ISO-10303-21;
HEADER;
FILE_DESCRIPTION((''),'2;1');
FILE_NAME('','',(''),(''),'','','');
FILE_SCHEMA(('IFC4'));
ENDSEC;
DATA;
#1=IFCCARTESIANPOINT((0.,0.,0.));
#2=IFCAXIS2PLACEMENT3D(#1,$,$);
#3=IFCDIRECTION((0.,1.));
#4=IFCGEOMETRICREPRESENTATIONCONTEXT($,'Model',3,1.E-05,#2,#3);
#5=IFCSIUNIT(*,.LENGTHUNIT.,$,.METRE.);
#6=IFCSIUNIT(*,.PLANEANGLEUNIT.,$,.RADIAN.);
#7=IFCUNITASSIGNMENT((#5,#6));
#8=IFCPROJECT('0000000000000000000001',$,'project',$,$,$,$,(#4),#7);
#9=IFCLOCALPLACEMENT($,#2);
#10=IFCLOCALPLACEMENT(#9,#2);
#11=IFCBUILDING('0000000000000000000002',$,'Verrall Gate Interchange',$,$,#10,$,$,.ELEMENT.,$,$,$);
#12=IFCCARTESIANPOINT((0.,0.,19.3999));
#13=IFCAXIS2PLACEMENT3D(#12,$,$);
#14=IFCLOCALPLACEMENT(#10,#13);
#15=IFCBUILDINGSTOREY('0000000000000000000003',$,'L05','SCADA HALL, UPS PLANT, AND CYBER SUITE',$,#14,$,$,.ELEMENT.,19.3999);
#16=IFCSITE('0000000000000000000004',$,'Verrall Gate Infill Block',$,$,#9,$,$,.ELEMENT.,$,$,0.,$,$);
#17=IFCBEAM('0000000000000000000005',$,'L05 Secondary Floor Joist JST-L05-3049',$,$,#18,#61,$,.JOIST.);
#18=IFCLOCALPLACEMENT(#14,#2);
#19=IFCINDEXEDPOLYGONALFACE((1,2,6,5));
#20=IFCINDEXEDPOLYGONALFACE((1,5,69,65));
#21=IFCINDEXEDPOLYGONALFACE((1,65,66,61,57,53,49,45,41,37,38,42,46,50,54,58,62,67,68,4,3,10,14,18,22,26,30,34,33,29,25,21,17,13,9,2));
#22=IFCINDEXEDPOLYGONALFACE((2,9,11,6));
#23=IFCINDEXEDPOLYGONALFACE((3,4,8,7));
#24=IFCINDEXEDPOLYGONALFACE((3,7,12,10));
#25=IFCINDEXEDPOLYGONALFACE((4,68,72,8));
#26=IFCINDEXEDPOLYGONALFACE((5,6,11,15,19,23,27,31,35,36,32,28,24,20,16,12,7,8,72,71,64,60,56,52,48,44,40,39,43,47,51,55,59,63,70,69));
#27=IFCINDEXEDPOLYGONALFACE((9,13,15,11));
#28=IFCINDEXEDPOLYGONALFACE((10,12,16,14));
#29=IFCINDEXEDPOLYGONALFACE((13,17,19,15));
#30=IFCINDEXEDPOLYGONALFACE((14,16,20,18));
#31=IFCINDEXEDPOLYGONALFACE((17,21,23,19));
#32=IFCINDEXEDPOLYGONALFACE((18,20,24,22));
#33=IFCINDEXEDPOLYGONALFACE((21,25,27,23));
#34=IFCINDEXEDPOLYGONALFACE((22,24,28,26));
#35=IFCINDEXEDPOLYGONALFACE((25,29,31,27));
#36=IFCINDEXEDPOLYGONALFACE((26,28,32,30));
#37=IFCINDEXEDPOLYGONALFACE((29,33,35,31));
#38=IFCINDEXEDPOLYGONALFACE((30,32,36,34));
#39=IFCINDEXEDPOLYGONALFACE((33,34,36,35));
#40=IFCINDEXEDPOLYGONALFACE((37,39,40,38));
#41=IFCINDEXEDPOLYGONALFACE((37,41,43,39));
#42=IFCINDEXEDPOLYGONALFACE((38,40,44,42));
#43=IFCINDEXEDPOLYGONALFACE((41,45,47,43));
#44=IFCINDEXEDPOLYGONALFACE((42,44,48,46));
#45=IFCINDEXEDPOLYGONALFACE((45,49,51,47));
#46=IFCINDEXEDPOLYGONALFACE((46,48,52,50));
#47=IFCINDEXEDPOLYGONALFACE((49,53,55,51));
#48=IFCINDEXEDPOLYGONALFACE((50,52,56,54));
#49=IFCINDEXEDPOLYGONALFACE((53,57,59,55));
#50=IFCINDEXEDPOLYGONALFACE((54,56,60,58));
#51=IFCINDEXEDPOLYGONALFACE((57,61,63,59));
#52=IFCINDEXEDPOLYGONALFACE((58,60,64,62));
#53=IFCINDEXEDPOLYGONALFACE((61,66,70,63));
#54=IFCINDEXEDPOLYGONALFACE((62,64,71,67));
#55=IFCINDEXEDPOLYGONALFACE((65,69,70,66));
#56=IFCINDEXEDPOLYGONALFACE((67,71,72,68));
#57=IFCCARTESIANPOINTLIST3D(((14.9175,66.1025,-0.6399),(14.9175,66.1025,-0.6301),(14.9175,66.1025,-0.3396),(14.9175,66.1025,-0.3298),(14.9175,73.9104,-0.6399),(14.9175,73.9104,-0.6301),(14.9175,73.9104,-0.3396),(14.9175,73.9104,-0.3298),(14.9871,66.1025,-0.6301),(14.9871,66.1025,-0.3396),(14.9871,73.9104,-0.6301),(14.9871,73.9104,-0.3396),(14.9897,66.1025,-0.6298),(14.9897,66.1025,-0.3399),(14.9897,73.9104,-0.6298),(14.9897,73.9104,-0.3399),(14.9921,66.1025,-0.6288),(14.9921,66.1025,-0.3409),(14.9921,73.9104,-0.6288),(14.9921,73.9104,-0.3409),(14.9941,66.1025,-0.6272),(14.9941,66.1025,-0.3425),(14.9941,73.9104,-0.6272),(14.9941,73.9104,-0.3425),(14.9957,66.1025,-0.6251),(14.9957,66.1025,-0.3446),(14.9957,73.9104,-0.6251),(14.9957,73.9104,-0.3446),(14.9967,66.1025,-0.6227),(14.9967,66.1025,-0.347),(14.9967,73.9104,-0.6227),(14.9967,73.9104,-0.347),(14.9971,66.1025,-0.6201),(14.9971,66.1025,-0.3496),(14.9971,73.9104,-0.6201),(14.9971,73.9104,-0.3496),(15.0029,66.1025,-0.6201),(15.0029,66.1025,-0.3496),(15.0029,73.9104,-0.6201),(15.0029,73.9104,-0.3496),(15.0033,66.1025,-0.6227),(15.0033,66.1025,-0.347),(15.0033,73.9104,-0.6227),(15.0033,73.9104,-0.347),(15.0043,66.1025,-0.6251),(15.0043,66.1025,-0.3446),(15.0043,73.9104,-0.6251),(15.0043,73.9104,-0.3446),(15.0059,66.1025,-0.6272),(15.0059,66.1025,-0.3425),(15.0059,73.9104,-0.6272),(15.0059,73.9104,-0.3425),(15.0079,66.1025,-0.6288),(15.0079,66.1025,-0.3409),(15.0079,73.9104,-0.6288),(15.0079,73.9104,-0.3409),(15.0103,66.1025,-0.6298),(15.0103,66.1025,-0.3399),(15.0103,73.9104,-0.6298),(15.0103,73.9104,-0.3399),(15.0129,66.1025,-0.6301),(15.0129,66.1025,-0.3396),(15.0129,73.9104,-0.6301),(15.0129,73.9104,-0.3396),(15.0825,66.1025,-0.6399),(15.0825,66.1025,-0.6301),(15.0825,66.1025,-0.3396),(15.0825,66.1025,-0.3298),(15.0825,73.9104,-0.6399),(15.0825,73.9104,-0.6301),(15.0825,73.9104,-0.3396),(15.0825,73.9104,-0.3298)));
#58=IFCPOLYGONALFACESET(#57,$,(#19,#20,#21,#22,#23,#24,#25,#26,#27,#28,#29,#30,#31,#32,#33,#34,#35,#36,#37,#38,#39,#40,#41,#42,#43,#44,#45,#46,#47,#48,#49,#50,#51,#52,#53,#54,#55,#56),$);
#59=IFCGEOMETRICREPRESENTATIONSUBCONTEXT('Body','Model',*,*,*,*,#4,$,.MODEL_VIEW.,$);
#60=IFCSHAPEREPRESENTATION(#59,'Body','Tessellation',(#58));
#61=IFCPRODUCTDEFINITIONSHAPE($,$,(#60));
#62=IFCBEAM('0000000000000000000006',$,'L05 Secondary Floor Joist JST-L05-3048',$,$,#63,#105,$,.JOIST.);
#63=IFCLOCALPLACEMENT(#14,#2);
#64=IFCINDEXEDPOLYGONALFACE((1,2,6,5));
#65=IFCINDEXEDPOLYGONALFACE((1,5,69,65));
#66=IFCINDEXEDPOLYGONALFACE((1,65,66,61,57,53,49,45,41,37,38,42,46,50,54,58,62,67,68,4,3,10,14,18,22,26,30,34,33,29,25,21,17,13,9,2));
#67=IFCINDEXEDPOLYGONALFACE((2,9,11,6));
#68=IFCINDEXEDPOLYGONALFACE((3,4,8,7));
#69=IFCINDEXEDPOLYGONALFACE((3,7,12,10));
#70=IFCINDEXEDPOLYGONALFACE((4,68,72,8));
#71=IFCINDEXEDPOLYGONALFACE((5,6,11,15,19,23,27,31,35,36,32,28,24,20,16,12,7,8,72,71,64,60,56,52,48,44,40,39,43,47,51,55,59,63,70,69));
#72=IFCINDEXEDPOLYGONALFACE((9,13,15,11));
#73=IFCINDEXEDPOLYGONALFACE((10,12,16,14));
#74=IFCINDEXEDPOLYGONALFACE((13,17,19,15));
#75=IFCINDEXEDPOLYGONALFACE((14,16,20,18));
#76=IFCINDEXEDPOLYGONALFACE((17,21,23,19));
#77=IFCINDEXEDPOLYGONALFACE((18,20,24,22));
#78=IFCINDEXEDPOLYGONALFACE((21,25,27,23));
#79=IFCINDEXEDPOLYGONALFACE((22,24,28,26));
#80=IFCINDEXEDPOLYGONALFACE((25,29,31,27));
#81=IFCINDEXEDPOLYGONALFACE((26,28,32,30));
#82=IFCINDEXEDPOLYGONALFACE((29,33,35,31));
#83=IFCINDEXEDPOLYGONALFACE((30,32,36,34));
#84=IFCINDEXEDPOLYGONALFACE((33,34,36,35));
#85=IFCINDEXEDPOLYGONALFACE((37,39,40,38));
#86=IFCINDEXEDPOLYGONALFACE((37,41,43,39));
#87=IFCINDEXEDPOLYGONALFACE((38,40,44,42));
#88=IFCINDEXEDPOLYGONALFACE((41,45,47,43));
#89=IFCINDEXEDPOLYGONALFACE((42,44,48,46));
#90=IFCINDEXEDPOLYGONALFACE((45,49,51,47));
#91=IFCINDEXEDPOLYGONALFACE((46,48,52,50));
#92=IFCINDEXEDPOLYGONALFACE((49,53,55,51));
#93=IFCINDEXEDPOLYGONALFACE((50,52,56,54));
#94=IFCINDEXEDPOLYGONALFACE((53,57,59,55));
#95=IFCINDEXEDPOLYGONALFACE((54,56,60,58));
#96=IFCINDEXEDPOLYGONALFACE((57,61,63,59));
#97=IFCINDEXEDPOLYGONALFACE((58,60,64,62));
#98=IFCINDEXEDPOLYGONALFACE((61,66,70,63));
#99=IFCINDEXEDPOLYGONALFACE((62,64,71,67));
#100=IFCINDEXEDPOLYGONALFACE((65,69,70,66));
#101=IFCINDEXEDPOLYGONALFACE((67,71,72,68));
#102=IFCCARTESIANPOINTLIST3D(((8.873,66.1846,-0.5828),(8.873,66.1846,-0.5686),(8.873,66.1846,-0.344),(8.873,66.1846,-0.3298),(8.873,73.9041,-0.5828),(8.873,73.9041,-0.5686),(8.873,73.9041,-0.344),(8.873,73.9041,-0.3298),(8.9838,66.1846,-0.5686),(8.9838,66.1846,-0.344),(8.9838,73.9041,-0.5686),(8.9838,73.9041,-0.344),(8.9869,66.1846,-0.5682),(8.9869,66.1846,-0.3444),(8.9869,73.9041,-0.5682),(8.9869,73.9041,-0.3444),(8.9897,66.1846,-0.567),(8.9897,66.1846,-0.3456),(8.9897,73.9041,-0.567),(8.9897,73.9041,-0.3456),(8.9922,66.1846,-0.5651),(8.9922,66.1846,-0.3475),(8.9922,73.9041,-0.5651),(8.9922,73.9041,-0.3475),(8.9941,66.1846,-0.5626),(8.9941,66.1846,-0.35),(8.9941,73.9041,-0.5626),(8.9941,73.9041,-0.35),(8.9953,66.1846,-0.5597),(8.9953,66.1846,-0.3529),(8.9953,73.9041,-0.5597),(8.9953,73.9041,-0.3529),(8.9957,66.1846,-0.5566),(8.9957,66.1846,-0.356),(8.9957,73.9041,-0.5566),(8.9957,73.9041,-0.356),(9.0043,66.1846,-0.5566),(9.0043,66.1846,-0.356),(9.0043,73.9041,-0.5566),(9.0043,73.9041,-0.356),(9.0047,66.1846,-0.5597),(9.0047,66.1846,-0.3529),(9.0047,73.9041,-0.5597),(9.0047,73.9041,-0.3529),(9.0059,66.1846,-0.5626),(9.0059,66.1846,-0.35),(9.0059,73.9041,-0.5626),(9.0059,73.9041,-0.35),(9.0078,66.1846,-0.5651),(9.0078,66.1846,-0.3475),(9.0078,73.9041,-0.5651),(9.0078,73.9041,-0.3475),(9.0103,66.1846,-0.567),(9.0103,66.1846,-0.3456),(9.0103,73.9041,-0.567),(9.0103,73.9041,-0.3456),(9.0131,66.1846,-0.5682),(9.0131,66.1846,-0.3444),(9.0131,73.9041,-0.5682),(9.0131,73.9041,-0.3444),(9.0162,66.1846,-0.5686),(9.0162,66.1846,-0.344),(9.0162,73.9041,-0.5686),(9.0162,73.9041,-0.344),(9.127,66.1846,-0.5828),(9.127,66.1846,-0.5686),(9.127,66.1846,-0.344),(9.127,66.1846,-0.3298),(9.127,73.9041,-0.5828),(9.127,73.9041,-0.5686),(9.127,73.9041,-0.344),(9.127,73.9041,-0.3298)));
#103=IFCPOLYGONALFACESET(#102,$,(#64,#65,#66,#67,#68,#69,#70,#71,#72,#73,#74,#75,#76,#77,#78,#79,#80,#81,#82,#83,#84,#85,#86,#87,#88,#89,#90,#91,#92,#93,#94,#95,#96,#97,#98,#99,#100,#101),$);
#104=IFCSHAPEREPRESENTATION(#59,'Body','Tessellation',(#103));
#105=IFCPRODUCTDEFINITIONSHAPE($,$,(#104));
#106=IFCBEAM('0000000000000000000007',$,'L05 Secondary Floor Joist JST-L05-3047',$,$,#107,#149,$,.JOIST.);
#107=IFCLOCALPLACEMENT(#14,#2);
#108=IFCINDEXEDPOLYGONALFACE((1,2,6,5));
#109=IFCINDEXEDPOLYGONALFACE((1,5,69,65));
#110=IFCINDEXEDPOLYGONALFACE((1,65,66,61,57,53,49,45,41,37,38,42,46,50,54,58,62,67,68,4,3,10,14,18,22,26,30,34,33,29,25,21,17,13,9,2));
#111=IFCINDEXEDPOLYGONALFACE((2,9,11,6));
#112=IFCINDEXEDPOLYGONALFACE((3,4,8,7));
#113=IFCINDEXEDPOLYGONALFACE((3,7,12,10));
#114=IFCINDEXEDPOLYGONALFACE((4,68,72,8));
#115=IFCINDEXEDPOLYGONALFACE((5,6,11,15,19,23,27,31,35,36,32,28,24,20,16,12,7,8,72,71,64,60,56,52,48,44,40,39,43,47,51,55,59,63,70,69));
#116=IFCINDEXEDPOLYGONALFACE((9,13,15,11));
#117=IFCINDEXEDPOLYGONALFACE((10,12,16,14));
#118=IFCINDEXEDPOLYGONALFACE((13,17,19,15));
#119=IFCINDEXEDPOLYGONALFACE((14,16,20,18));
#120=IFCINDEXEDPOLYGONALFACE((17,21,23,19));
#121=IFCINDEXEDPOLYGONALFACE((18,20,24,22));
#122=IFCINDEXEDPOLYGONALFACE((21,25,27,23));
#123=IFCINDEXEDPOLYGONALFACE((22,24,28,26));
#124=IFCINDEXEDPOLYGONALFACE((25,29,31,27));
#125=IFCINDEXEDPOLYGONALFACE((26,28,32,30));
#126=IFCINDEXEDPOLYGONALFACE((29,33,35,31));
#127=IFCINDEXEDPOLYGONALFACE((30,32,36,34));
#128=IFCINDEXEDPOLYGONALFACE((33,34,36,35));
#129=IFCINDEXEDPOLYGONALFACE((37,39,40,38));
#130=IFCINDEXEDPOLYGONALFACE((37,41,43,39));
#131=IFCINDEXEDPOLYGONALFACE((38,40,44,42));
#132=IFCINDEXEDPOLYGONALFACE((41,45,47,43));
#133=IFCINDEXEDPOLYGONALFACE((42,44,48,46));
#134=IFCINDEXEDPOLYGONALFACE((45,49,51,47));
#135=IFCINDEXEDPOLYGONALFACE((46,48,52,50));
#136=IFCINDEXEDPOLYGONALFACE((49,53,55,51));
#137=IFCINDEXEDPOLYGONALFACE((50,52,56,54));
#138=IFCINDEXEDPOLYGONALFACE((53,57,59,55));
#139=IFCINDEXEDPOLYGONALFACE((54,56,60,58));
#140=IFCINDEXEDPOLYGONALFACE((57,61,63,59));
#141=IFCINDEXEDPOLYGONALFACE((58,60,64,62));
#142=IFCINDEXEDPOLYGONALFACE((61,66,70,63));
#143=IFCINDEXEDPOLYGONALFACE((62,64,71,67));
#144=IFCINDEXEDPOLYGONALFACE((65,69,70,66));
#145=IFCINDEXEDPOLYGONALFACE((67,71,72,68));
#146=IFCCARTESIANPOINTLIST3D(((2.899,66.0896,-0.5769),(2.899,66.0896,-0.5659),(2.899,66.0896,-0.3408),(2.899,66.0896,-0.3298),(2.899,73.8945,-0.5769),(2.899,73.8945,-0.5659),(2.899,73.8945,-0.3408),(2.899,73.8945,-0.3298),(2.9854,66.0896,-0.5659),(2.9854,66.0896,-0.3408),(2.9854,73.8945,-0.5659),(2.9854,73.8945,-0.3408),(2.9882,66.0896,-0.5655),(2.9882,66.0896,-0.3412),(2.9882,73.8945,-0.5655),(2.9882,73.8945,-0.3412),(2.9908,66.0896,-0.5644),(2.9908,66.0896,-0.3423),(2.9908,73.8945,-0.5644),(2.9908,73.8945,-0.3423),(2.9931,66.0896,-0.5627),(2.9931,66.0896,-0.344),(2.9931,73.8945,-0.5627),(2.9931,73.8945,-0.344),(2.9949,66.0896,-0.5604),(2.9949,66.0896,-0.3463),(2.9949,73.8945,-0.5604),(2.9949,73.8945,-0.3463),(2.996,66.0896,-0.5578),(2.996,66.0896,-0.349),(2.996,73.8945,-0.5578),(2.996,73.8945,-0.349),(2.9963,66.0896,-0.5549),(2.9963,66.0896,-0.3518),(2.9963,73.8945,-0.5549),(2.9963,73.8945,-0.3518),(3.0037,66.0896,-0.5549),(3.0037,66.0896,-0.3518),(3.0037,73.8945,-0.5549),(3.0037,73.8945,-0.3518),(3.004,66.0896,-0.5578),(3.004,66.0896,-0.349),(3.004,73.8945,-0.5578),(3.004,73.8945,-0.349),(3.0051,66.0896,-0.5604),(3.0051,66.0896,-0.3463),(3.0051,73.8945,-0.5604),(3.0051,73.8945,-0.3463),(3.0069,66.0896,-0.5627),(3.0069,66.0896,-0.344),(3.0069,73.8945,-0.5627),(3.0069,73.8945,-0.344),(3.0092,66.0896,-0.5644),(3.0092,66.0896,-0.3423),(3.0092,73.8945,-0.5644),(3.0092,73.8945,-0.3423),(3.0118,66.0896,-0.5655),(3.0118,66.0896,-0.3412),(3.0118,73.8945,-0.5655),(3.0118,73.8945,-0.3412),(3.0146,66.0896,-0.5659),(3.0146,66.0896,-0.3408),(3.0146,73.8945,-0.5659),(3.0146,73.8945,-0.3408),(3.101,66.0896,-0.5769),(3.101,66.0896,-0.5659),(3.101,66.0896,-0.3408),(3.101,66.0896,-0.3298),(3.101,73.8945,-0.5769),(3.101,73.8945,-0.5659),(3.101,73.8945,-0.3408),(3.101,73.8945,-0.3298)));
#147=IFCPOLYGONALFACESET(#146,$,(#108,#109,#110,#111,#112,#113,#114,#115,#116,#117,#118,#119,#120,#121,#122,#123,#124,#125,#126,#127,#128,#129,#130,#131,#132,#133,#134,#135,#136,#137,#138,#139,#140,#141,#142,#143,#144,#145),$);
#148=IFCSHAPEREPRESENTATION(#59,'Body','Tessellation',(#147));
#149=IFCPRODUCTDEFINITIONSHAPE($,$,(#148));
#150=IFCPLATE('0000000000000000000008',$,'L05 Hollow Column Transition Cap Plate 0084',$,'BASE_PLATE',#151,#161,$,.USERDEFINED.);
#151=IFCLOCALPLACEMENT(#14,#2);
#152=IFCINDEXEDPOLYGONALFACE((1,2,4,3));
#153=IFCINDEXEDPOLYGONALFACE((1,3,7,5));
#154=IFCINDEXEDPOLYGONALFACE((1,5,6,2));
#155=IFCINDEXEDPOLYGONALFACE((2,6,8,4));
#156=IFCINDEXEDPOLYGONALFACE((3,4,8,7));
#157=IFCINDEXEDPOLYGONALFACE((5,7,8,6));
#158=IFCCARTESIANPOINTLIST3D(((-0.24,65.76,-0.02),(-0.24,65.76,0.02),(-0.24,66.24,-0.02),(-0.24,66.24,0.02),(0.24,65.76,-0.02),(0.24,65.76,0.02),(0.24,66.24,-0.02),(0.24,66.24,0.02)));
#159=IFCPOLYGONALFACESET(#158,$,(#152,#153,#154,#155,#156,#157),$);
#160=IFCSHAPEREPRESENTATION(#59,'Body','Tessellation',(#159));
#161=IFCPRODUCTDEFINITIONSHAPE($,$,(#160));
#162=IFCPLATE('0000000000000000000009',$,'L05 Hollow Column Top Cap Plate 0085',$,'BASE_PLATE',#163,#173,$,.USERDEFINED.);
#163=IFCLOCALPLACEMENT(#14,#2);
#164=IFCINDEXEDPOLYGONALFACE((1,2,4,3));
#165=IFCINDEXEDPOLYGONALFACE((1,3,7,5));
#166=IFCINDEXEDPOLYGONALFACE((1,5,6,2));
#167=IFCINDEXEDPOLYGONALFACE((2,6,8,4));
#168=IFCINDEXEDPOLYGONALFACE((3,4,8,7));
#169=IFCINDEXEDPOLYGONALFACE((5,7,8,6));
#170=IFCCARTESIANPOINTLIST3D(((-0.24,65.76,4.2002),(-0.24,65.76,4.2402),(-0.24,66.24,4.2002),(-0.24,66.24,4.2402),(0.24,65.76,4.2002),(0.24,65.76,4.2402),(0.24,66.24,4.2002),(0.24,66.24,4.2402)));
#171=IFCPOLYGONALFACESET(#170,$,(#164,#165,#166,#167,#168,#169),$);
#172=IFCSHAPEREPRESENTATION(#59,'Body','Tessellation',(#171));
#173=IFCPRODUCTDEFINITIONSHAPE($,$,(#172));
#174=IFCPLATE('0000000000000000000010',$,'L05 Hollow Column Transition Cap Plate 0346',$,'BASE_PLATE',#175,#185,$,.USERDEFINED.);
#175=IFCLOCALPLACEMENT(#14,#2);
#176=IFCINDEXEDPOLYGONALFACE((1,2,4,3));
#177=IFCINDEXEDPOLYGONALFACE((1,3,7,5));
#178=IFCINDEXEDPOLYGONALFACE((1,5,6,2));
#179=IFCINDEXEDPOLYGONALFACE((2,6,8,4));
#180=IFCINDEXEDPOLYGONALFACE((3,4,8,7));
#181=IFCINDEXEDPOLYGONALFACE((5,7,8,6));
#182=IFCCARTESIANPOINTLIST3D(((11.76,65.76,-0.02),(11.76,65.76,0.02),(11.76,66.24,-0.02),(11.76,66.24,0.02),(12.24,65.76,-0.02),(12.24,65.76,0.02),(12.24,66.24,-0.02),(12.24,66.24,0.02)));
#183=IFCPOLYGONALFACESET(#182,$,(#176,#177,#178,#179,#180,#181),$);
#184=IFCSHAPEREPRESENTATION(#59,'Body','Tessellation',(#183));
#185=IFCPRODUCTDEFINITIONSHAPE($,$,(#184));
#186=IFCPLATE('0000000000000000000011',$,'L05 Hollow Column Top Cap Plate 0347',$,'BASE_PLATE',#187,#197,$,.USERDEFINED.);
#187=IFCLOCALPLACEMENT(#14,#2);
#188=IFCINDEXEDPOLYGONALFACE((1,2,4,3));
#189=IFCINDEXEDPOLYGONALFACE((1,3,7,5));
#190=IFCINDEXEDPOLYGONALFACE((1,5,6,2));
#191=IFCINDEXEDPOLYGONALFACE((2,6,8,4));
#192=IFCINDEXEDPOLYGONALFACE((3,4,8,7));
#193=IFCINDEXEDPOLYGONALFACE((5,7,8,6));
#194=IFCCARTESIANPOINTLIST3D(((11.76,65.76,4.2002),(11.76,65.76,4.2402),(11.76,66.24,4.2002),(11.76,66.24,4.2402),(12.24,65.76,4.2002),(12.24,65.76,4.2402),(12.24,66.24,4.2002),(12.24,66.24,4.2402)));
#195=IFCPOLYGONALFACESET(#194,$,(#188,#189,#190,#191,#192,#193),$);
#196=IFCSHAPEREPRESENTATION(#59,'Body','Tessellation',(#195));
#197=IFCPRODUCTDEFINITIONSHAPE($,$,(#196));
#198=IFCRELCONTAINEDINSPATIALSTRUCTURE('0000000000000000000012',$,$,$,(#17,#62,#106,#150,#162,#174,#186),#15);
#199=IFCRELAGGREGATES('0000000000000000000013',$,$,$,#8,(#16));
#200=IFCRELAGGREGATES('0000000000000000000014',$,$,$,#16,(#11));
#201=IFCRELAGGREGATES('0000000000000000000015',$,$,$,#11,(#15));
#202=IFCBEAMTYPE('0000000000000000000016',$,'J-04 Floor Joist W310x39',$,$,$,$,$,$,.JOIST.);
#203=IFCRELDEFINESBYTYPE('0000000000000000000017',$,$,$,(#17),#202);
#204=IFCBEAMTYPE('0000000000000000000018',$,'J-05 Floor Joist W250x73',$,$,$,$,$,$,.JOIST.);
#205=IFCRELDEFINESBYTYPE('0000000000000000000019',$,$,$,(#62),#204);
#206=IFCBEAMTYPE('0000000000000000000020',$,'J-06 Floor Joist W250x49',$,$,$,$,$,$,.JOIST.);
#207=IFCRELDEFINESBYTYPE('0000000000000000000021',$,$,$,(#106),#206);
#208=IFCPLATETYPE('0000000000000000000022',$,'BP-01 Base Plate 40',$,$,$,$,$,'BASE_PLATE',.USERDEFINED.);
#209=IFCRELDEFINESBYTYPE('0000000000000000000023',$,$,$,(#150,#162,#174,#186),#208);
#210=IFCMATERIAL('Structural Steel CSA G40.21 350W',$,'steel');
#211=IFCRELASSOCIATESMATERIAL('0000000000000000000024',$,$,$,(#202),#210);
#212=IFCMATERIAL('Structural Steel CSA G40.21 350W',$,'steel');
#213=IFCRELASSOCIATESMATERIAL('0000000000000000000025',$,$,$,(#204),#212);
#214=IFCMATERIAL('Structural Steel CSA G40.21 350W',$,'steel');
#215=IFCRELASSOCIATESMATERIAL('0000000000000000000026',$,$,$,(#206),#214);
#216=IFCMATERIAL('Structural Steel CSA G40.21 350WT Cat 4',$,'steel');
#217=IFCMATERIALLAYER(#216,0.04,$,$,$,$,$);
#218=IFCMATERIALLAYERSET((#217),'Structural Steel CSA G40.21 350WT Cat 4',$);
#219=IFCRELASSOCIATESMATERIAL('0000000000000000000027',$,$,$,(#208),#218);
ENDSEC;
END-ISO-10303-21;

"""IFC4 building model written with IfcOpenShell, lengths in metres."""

from ifc_helpers import new_model, si_unit, direction, frame, origin, origin_2d, place, context, subcontext, project, spatial, rectangle, i_section, extrude, material, layer, layer_set, material_profile, profile_set, type_object, element, save


model = new_model("IFC4")

# Units and contexts
model_context = context("Model", 3, precision=1e-05, world=origin(), true_north=direction((0.0, 1.0)))
body_context = subcontext(model_context, "Body", "Model", "MODEL_VIEW")
ifc_project = project(units=[si_unit("LENGTHUNIT", "METRE"), si_unit("PLANEANGLEUNIT", "RADIAN")], contexts=[model_context])

# Site, building, storey
site_placement = place(None, origin())
site = spatial("IfcSite", under=ifc_project, at=site_placement, Name="Verrall Gate Infill Block", CompositionType="ELEMENT", RefElevation=0.0)
building_placement = place(site_placement, origin())
building = spatial("IfcBuilding", under=site, at=building_placement, Name="Verrall Gate Interchange", CompositionType="ELEMENT")
storey_placement = place(building_placement, frame((0.0, 0.0, 19.3999)))
storey = spatial("IfcBuildingStorey", under=building, at=storey_placement, Name="L05", Description="SCADA HALL, UPS PLANT, AND CYBER SUITE", CompositionType="ELEMENT", Elevation=19.3999)

# Beams
ifc_material_1 = material(Name="Structural Steel CSA G40.21 350W", Category="steel")
ifc_material_profile_1 = material_profile(ifc_material_1, i_section(OverallWidth=0.165, OverallDepth=0.3101, WebThickness=0.0059, FlangeThickness=0.0098, FilletRadius=0.01, at=origin_2d()), Name="W310x39")
ifc_profile_set_1 = profile_set([ifc_material_profile_1], Name="Structural Steel CSA G40.21 350W")
beam_type_1 = type_object("IfcBeamType", Name="J-04 Floor Joist W310x39", PredefinedType="JOIST", material=ifc_profile_set_1)
beam_1_placement = place(storey_placement, frame((15.0, 66.1025, -0.4849), z_axis=(0.0, 1.0, 0.0), x_axis=(-1.0, 0.0, 0.0)))
element("IfcBeam", 1, at=beam_1_placement, inside=storey, type_object=beam_type_1, Name="L05 Secondary Floor Joist JST-L05-3049", PredefinedType="JOIST", context=body_context, shape_type="SweptSolid", body=[
    extrude(i_section(OverallWidth=0.165, OverallDepth=0.3101, WebThickness=0.0059, FlangeThickness=0.0098, FilletRadius=0.01, at=origin_2d()), origin(), (0.0, 0.0, 1.0), 7.8079),
])
ifc_material_2 = material(Name="Structural Steel CSA G40.21 350W", Category="steel")
ifc_material_profile_2 = material_profile(ifc_material_2, i_section(OverallWidth=0.2539, OverallDepth=0.2529, WebThickness=0.0085, FlangeThickness=0.0142, FilletRadius=0.012, at=origin_2d()), Name="W250x73")
ifc_profile_set_2 = profile_set([ifc_material_profile_2], Name="Structural Steel CSA G40.21 350W")
beam_type_2 = type_object("IfcBeamType", Name="J-05 Floor Joist W250x73", PredefinedType="JOIST", material=ifc_profile_set_2)
beam_2_placement = place(storey_placement, frame((9.0, 66.1846, -0.4563), z_axis=(0.0, 1.0, 0.0), x_axis=(-1.0, 0.0, 0.0)))
element("IfcBeam", 2, at=beam_2_placement, inside=storey, type_object=beam_type_2, Name="L05 Secondary Floor Joist JST-L05-3048", PredefinedType="JOIST", context=body_context, shape_type="SweptSolid", body=[
    extrude(i_section(OverallWidth=0.2539, OverallDepth=0.2529, WebThickness=0.0085, FlangeThickness=0.0142, FilletRadius=0.012, at=origin_2d()), origin(), (0.0, 0.0, 1.0), 7.7195),
])
ifc_material_3 = material(Name="Structural Steel CSA G40.21 350W", Category="steel")
ifc_material_profile_3 = material_profile(ifc_material_3, i_section(OverallWidth=0.2019, OverallDepth=0.2471, WebThickness=0.0073, FlangeThickness=0.011, FilletRadius=0.011, at=origin_2d()), Name="W250x49")
ifc_profile_set_3 = profile_set([ifc_material_profile_3], Name="Structural Steel CSA G40.21 350W")
beam_type_3 = type_object("IfcBeamType", Name="J-06 Floor Joist W250x49", PredefinedType="JOIST", material=ifc_profile_set_3)
beam_3_placement = place(storey_placement, frame((3.0, 66.0896, -0.4534), z_axis=(0.0, 1.0, 0.0), x_axis=(-1.0, 0.0, 0.0)))
element("IfcBeam", 3, at=beam_3_placement, inside=storey, type_object=beam_type_3, Name="L05 Secondary Floor Joist JST-L05-3047", PredefinedType="JOIST", context=body_context, shape_type="SweptSolid", body=[
    extrude(i_section(OverallWidth=0.2019, OverallDepth=0.2471, WebThickness=0.0073, FlangeThickness=0.011, FilletRadius=0.011, at=origin_2d()), origin(), (0.0, 0.0, 1.0), 7.8049),
])

# Plates
ifc_material_4 = material(Name="Structural Steel CSA G40.21 350WT Cat 4", Category="steel")
ifc_layer_1 = layer(ifc_material_4, 0.04)
ifc_layer_set_1 = layer_set([ifc_layer_1], Name="Structural Steel CSA G40.21 350WT Cat 4")
plate_type = type_object("IfcPlateType", Name="BP-01 Base Plate 40", ElementType="BASE_PLATE", PredefinedType="USERDEFINED", material=ifc_layer_set_1)
for number, where, z_axis, x_axis, name in (
    (4, (0.0, 66.0, -0.02), (0.0, 0.0, 1.0), (1.0, 0.0, 0.0), "L05 Hollow Column Transition Cap Plate 0084"),
    (5, (0.0, 66.0, 4.2002), (0.0, 0.0, 1.0), (1.0, 0.0, 0.0), "L05 Hollow Column Top Cap Plate 0085"),
    (6, (12.0, 66.0, -0.02), (0.0, 0.0, 1.0), (1.0, 0.0, 0.0), "L05 Hollow Column Transition Cap Plate 0346"),
    (7, (12.0, 66.0, 4.2002), (0.0, 0.0, 1.0), (1.0, 0.0, 0.0), "L05 Hollow Column Top Cap Plate 0347"),
):
    element("IfcPlate", number, at=place(storey_placement, frame(where, z_axis=z_axis, x_axis=x_axis)), inside=storey, type_object=plate_type, Name=name, ObjectType="BASE_PLATE", PredefinedType="USERDEFINED", context=body_context, shape_type="SweptSolid", body=[
        extrude(rectangle(XDim=0.48, YDim=0.48, at=origin_2d()), origin(), (0.0, 0.0, 1.0), 0.04),
    ])

save(model, "model.ifc")
